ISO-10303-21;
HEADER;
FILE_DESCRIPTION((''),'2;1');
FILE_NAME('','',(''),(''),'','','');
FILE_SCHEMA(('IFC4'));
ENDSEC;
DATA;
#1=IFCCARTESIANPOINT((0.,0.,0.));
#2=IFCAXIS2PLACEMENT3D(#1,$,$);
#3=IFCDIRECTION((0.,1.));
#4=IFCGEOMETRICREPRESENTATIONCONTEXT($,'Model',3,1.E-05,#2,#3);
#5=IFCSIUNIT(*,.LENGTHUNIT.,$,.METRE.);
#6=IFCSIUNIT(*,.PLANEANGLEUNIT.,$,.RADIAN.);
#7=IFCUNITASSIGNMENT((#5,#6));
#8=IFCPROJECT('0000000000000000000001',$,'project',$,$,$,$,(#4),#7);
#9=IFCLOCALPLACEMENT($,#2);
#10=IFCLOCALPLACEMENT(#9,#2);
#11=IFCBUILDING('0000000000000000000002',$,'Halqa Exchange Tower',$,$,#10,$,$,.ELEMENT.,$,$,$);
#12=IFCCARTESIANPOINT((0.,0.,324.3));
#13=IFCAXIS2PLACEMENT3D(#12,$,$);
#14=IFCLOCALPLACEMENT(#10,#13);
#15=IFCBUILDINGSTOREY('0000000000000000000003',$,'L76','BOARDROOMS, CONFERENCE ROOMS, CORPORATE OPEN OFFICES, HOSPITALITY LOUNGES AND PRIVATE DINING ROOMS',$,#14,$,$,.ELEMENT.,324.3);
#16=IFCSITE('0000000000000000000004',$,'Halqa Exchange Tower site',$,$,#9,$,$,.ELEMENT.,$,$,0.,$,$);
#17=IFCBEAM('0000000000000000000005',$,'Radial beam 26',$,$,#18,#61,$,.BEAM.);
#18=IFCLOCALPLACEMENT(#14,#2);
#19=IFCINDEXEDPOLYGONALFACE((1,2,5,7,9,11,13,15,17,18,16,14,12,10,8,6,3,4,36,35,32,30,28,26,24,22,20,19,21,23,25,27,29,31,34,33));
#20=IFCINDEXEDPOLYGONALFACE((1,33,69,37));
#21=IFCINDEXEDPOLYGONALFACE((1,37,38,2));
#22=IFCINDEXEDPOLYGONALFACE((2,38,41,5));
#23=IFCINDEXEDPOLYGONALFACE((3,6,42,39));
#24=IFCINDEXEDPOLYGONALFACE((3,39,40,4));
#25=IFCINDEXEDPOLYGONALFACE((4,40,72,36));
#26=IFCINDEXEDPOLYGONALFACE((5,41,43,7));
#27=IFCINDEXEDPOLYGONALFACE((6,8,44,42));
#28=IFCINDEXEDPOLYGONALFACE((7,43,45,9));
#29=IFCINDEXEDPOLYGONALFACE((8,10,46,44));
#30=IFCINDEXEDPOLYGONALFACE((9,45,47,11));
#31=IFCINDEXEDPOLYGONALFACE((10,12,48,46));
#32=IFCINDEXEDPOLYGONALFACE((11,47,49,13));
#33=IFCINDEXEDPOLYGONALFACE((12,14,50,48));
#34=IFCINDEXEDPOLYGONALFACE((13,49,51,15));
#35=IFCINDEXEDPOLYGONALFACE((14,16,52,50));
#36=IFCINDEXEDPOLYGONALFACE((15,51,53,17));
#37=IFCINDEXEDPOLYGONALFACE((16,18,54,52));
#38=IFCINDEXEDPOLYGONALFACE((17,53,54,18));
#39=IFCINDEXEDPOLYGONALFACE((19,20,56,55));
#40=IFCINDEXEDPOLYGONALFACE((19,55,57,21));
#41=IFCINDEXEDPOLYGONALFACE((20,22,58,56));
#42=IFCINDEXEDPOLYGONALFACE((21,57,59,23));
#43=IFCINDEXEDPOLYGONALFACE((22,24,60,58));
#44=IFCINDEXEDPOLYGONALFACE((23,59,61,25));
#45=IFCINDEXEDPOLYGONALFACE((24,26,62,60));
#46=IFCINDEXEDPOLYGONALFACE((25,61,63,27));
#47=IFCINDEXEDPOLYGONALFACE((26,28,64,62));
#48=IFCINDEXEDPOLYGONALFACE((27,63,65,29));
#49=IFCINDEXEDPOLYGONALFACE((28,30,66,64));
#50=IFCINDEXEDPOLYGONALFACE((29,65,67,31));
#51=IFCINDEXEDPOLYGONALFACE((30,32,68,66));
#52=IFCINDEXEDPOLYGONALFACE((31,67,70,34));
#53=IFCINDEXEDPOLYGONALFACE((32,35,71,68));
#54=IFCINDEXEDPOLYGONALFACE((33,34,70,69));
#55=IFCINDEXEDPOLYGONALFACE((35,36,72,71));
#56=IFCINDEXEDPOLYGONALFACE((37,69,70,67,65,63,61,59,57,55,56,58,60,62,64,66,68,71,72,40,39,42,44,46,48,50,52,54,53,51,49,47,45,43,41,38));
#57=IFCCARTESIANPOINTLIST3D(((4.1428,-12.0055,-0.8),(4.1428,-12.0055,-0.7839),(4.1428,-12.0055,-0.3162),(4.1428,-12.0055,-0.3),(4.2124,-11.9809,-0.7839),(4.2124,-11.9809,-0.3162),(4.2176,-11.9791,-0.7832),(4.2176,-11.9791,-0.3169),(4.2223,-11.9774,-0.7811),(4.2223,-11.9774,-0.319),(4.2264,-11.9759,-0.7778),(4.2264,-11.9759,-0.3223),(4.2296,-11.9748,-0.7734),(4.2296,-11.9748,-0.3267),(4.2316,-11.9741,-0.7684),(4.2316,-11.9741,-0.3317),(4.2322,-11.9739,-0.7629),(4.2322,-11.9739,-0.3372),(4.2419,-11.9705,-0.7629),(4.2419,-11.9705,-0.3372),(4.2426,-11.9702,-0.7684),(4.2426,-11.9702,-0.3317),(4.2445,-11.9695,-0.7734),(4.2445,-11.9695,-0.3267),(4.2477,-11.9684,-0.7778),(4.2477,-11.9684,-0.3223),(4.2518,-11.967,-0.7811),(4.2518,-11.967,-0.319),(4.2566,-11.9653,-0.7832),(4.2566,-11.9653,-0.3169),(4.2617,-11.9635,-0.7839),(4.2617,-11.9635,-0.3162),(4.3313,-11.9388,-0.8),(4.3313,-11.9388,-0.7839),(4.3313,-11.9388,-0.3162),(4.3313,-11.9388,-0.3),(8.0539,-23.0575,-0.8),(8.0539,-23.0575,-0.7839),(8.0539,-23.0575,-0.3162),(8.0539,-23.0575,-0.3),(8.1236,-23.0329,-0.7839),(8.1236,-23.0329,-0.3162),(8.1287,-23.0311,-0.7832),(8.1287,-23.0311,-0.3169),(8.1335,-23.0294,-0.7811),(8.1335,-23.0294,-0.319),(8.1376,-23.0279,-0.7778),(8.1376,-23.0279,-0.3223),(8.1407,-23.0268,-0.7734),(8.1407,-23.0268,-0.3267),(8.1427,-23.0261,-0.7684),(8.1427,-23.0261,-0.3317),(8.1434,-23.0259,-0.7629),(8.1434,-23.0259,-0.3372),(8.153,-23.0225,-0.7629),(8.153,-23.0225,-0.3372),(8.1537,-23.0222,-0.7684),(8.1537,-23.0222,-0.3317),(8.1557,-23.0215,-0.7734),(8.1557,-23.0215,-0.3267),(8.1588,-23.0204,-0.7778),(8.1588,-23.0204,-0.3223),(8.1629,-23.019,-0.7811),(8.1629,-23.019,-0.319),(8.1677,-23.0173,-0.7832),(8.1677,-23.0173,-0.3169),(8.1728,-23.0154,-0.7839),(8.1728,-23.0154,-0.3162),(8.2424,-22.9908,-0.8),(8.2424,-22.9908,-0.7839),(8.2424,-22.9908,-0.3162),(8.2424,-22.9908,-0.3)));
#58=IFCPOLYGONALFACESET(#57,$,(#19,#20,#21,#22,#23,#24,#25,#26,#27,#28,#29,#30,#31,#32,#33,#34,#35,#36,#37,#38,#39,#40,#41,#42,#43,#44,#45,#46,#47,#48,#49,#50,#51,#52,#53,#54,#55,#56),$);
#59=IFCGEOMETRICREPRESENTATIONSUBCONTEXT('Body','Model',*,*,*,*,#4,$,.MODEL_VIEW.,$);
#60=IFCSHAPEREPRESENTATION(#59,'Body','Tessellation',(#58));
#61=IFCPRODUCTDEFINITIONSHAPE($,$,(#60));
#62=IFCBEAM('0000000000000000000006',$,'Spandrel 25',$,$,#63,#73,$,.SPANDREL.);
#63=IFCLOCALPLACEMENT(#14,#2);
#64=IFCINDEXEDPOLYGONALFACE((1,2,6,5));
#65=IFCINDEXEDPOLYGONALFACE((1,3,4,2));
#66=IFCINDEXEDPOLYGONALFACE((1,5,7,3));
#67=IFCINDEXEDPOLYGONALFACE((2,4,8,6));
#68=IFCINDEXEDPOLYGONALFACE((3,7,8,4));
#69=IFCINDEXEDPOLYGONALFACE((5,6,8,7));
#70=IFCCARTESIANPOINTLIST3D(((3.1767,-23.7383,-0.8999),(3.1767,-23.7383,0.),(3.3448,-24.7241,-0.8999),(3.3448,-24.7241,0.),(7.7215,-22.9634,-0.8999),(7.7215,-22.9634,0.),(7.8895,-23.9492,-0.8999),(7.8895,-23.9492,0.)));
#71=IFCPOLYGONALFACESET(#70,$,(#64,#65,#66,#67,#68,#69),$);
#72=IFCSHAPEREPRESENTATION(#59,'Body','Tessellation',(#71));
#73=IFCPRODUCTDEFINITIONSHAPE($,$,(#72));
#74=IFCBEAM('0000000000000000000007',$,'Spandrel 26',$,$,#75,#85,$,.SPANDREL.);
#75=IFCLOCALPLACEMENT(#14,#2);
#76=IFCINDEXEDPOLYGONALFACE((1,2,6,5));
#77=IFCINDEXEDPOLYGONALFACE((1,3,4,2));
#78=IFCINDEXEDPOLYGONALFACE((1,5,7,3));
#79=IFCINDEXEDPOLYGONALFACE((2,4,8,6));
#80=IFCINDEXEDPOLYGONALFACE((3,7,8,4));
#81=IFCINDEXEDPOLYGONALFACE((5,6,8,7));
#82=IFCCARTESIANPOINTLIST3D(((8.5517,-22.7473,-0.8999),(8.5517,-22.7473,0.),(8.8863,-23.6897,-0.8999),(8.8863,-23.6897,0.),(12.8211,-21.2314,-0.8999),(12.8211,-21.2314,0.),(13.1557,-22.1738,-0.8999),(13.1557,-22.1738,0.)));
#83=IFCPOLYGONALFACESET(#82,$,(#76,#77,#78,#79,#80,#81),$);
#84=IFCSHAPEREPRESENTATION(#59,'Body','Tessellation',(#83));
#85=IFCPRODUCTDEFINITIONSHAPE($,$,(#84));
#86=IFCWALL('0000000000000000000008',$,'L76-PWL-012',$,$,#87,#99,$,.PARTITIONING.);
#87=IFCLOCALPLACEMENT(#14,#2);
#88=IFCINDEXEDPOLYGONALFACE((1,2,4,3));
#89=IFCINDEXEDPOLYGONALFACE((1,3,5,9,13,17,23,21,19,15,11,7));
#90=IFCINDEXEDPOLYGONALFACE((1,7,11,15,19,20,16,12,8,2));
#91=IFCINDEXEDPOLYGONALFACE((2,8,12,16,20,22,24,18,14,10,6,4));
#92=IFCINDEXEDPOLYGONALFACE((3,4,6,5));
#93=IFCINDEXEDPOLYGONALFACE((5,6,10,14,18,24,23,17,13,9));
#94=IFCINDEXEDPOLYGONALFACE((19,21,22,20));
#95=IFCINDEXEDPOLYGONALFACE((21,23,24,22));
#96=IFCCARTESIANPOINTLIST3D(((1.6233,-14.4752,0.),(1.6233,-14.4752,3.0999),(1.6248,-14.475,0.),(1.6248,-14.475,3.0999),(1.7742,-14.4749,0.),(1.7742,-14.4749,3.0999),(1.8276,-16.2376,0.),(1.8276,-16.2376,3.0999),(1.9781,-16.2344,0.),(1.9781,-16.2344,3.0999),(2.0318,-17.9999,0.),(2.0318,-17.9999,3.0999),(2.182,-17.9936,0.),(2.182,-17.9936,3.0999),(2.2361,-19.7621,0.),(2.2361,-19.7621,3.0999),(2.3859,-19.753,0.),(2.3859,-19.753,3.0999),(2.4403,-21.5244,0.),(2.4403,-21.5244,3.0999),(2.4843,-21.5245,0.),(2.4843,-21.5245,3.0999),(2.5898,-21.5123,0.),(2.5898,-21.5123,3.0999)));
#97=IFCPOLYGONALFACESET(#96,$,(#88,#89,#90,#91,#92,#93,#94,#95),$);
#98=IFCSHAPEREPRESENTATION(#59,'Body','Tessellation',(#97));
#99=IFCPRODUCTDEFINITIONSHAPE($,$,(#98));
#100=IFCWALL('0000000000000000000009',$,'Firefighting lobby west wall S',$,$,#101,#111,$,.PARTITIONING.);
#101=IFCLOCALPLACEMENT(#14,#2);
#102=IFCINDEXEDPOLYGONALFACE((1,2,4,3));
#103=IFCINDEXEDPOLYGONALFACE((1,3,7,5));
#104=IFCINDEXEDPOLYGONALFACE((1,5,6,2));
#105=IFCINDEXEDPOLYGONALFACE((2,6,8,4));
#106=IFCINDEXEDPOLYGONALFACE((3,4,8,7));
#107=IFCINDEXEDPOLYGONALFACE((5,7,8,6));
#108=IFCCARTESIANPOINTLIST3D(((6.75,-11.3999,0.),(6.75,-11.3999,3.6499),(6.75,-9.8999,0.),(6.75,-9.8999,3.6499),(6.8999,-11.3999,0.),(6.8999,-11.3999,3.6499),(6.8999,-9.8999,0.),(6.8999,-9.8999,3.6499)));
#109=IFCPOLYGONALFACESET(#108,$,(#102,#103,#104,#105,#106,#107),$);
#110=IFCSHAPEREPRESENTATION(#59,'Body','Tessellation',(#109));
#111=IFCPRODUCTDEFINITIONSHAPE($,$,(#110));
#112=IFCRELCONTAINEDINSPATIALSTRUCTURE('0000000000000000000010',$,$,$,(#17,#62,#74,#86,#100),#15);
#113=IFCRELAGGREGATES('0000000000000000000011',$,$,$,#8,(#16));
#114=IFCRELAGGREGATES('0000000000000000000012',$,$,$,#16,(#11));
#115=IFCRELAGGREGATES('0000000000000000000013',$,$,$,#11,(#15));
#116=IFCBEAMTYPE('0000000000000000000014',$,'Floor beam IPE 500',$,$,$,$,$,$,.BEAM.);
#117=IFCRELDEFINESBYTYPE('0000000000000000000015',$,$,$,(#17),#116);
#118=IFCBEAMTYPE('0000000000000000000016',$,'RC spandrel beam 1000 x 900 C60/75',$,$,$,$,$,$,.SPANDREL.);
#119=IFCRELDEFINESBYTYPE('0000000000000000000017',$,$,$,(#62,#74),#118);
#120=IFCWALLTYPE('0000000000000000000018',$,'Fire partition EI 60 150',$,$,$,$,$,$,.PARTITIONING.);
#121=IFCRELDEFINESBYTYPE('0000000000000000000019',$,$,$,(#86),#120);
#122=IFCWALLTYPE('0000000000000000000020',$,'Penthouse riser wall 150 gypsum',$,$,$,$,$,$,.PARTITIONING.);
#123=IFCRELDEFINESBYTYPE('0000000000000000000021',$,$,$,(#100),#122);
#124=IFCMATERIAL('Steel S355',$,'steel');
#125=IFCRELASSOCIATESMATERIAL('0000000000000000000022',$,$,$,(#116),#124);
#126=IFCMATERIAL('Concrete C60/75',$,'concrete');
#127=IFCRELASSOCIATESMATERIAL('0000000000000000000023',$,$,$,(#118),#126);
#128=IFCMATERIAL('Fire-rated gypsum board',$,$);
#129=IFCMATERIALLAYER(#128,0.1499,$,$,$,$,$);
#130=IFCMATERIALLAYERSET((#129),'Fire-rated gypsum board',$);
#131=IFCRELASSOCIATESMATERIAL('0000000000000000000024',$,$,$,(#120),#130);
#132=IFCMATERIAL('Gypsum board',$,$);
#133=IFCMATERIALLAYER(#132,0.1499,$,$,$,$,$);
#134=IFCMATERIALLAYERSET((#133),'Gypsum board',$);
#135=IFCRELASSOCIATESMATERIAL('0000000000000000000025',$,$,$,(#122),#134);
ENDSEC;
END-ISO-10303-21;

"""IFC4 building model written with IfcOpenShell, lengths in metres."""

from ifc_helpers import new_model, si_unit, direction, frame, frame_2d, origin, origin_2d, place, context, subcontext, project, spatial, polyline, rectangle, i_section, outline, extrude, material, layer, layer_set, material_profile, profile_set, type_object, element, save


model = new_model("IFC4")

# Units and contexts
model_context = context("Model", 3, precision=1e-05, world=origin(), true_north=direction((0.0, 1.0)))
body_context = subcontext(model_context, "Body", "Model", "MODEL_VIEW")
ifc_project = project(units=[si_unit("LENGTHUNIT", "METRE"), si_unit("PLANEANGLEUNIT", "RADIAN")], contexts=[model_context])

# Site, building, storey
site_placement = place(None, origin())
site = spatial("IfcSite", under=ifc_project, at=site_placement, Name="Halqa Exchange Tower site", CompositionType="ELEMENT", RefElevation=0.0)
building_placement = place(site_placement, origin())
building = spatial("IfcBuilding", under=site, at=building_placement, Name="Halqa Exchange Tower", CompositionType="ELEMENT")
storey_placement = place(building_placement, frame((0.0, 0.0, 324.3)))
storey = spatial("IfcBuildingStorey", under=building, at=storey_placement, Name="L76", Description="BOARDROOMS, CONFERENCE ROOMS, CORPORATE OPEN OFFICES, HOSPITALITY LOUNGES AND PRIVATE DINING ROOMS", CompositionType="ELEMENT", Elevation=324.3)

# Beams
ifc_material_1 = material(Name="Steel S355", Category="steel")
ifc_material_profile_1 = material_profile(ifc_material_1, i_section(OverallWidth=0.2, OverallDepth=0.5, WebThickness=0.0103, FlangeThickness=0.0161, FilletRadius=0.021, at=origin_2d()), Name="IPE 500")
ifc_profile_set_1 = profile_set([ifc_material_profile_1], Name="Steel S355")
beam_type_1 = type_object("IfcBeamType", Name="Floor beam IPE 500", PredefinedType="BEAM", material=ifc_profile_set_1)
beam_1_placement = place(storey_placement, frame((4.2371, -11.9722, -0.55), z_axis=(0.333611, -0.942711, 0.0), x_axis=(0.942711, 0.333611, 0.0)))
element("IfcBeam", 1, at=beam_1_placement, inside=storey, type_object=beam_type_1, Name="Radial beam 26", PredefinedType="BEAM", context=body_context, shape_type="SweptSolid", body=[
    extrude(i_section(OverallWidth=0.2, OverallDepth=0.5, WebThickness=0.0103, FlangeThickness=0.0161, FilletRadius=0.021, at=origin_2d()), origin(), (0.0, 0.0, 1.0), 11.7236),
])
ifc_material_2 = material(Name="Concrete C60/75", Category="concrete")
ifc_material_profile_2 = material_profile(ifc_material_2, rectangle(XDim=1.0, YDim=0.8999, at=origin_2d()), Name="1000 x 900")
ifc_profile_set_2 = profile_set([ifc_material_profile_2], Name="Concrete C60/75")
beam_type_2 = type_object("IfcBeamType", Name="RC spandrel beam 1000 x 900 C60/75", PredefinedType="SPANDREL", material=ifc_profile_set_2)
beam_2_placement = place(storey_placement, frame((3.2607, -24.2312, -0.45), z_axis=(0.985773, 0.168082, 0.0), x_axis=(-0.168082, 0.985773, 0.0)))
element("IfcBeam", 2, at=beam_2_placement, inside=storey, type_object=beam_type_2, Name="Spandrel 25", PredefinedType="SPANDREL", context=body_context, shape_type="SweptSolid", body=[
    extrude(rectangle(XDim=1.0, YDim=0.8999, at=origin_2d()), origin(), (0.0, 0.0, 1.0), 4.6104),
])
beam_3_placement = place(storey_placement, frame((8.719, -23.2185, -0.45), z_axis=(0.942361, 0.334598, 0.0), x_axis=(-0.334598, 0.942361, 0.0)))
element("IfcBeam", 3, at=beam_3_placement, inside=storey, type_object=beam_type_2, Name="Spandrel 26", PredefinedType="SPANDREL", context=body_context, shape_type="SweptSolid", body=[
    extrude(rectangle(XDim=1.0, YDim=0.8999, at=origin_2d()), origin(), (0.0, 0.0, 1.0), 4.5305),
])

# Walls
ifc_material_3 = material(Name="Fire-rated gypsum board")
ifc_layer_1 = layer(ifc_material_3, 0.1499)
ifc_layer_set_1 = layer_set([ifc_layer_1], Name="Fire-rated gypsum board")
wall_type_1 = type_object("IfcWallType", Name="Fire partition EI 60 150", PredefinedType="PARTITIONING", material=ifc_layer_set_1)
wall_1_placement = place(storey_placement, frame((1.6978, -14.4666, 0.0), z_axis=(0.0, 0.0, 1.0), x_axis=(0.115132, -0.99335, 0.0)))
element("IfcWall", 4, at=wall_1_placement, inside=storey, type_object=wall_type_1, Name="L76-PWL-012", PredefinedType="PARTITIONING", context=body_context, shape_type="SweptSolid", body=[
    extrude(outline(polyline([(0.0, -0.075), (1.7742, -0.075), (3.5483, -0.075), (5.3223, -0.075), (7.0964, -0.075), (7.1016, -0.0312), (7.1016, 0.075), (5.3306, 0.075), (3.5593, 0.075), (1.7883, 0.075), (0.0171, 0.075), (0.0, -0.0735), (0.0, -0.075)])), origin(), (0.0, 0.0, 1.0), 3.0999),
])
ifc_material_4 = material(Name="Gypsum board")
ifc_layer_2 = layer(ifc_material_4, 0.1499)
ifc_layer_set_2 = layer_set([ifc_layer_2], Name="Gypsum board")
wall_type_2 = type_object("IfcWallType", Name="Penthouse riser wall 150 gypsum", PredefinedType="PARTITIONING", material=ifc_layer_set_2)
wall_2_placement = place(storey_placement, frame((6.825, -11.3999, 0.0), z_axis=(0.0, 0.0, 1.0), x_axis=(0.0, 1.0, 0.0)))
element("IfcWall", 5, at=wall_2_placement, inside=storey, type_object=wall_type_2, Name="Firefighting lobby west wall S", PredefinedType="PARTITIONING", context=body_context, shape_type="SweptSolid", body=[
    extrude(rectangle(XDim=1.5, YDim=0.1499, at=frame_2d((0.75, 0.0))), origin(), (0.0, 0.0, 1.0), 3.6499),
])

save(model, "model.ifc")
